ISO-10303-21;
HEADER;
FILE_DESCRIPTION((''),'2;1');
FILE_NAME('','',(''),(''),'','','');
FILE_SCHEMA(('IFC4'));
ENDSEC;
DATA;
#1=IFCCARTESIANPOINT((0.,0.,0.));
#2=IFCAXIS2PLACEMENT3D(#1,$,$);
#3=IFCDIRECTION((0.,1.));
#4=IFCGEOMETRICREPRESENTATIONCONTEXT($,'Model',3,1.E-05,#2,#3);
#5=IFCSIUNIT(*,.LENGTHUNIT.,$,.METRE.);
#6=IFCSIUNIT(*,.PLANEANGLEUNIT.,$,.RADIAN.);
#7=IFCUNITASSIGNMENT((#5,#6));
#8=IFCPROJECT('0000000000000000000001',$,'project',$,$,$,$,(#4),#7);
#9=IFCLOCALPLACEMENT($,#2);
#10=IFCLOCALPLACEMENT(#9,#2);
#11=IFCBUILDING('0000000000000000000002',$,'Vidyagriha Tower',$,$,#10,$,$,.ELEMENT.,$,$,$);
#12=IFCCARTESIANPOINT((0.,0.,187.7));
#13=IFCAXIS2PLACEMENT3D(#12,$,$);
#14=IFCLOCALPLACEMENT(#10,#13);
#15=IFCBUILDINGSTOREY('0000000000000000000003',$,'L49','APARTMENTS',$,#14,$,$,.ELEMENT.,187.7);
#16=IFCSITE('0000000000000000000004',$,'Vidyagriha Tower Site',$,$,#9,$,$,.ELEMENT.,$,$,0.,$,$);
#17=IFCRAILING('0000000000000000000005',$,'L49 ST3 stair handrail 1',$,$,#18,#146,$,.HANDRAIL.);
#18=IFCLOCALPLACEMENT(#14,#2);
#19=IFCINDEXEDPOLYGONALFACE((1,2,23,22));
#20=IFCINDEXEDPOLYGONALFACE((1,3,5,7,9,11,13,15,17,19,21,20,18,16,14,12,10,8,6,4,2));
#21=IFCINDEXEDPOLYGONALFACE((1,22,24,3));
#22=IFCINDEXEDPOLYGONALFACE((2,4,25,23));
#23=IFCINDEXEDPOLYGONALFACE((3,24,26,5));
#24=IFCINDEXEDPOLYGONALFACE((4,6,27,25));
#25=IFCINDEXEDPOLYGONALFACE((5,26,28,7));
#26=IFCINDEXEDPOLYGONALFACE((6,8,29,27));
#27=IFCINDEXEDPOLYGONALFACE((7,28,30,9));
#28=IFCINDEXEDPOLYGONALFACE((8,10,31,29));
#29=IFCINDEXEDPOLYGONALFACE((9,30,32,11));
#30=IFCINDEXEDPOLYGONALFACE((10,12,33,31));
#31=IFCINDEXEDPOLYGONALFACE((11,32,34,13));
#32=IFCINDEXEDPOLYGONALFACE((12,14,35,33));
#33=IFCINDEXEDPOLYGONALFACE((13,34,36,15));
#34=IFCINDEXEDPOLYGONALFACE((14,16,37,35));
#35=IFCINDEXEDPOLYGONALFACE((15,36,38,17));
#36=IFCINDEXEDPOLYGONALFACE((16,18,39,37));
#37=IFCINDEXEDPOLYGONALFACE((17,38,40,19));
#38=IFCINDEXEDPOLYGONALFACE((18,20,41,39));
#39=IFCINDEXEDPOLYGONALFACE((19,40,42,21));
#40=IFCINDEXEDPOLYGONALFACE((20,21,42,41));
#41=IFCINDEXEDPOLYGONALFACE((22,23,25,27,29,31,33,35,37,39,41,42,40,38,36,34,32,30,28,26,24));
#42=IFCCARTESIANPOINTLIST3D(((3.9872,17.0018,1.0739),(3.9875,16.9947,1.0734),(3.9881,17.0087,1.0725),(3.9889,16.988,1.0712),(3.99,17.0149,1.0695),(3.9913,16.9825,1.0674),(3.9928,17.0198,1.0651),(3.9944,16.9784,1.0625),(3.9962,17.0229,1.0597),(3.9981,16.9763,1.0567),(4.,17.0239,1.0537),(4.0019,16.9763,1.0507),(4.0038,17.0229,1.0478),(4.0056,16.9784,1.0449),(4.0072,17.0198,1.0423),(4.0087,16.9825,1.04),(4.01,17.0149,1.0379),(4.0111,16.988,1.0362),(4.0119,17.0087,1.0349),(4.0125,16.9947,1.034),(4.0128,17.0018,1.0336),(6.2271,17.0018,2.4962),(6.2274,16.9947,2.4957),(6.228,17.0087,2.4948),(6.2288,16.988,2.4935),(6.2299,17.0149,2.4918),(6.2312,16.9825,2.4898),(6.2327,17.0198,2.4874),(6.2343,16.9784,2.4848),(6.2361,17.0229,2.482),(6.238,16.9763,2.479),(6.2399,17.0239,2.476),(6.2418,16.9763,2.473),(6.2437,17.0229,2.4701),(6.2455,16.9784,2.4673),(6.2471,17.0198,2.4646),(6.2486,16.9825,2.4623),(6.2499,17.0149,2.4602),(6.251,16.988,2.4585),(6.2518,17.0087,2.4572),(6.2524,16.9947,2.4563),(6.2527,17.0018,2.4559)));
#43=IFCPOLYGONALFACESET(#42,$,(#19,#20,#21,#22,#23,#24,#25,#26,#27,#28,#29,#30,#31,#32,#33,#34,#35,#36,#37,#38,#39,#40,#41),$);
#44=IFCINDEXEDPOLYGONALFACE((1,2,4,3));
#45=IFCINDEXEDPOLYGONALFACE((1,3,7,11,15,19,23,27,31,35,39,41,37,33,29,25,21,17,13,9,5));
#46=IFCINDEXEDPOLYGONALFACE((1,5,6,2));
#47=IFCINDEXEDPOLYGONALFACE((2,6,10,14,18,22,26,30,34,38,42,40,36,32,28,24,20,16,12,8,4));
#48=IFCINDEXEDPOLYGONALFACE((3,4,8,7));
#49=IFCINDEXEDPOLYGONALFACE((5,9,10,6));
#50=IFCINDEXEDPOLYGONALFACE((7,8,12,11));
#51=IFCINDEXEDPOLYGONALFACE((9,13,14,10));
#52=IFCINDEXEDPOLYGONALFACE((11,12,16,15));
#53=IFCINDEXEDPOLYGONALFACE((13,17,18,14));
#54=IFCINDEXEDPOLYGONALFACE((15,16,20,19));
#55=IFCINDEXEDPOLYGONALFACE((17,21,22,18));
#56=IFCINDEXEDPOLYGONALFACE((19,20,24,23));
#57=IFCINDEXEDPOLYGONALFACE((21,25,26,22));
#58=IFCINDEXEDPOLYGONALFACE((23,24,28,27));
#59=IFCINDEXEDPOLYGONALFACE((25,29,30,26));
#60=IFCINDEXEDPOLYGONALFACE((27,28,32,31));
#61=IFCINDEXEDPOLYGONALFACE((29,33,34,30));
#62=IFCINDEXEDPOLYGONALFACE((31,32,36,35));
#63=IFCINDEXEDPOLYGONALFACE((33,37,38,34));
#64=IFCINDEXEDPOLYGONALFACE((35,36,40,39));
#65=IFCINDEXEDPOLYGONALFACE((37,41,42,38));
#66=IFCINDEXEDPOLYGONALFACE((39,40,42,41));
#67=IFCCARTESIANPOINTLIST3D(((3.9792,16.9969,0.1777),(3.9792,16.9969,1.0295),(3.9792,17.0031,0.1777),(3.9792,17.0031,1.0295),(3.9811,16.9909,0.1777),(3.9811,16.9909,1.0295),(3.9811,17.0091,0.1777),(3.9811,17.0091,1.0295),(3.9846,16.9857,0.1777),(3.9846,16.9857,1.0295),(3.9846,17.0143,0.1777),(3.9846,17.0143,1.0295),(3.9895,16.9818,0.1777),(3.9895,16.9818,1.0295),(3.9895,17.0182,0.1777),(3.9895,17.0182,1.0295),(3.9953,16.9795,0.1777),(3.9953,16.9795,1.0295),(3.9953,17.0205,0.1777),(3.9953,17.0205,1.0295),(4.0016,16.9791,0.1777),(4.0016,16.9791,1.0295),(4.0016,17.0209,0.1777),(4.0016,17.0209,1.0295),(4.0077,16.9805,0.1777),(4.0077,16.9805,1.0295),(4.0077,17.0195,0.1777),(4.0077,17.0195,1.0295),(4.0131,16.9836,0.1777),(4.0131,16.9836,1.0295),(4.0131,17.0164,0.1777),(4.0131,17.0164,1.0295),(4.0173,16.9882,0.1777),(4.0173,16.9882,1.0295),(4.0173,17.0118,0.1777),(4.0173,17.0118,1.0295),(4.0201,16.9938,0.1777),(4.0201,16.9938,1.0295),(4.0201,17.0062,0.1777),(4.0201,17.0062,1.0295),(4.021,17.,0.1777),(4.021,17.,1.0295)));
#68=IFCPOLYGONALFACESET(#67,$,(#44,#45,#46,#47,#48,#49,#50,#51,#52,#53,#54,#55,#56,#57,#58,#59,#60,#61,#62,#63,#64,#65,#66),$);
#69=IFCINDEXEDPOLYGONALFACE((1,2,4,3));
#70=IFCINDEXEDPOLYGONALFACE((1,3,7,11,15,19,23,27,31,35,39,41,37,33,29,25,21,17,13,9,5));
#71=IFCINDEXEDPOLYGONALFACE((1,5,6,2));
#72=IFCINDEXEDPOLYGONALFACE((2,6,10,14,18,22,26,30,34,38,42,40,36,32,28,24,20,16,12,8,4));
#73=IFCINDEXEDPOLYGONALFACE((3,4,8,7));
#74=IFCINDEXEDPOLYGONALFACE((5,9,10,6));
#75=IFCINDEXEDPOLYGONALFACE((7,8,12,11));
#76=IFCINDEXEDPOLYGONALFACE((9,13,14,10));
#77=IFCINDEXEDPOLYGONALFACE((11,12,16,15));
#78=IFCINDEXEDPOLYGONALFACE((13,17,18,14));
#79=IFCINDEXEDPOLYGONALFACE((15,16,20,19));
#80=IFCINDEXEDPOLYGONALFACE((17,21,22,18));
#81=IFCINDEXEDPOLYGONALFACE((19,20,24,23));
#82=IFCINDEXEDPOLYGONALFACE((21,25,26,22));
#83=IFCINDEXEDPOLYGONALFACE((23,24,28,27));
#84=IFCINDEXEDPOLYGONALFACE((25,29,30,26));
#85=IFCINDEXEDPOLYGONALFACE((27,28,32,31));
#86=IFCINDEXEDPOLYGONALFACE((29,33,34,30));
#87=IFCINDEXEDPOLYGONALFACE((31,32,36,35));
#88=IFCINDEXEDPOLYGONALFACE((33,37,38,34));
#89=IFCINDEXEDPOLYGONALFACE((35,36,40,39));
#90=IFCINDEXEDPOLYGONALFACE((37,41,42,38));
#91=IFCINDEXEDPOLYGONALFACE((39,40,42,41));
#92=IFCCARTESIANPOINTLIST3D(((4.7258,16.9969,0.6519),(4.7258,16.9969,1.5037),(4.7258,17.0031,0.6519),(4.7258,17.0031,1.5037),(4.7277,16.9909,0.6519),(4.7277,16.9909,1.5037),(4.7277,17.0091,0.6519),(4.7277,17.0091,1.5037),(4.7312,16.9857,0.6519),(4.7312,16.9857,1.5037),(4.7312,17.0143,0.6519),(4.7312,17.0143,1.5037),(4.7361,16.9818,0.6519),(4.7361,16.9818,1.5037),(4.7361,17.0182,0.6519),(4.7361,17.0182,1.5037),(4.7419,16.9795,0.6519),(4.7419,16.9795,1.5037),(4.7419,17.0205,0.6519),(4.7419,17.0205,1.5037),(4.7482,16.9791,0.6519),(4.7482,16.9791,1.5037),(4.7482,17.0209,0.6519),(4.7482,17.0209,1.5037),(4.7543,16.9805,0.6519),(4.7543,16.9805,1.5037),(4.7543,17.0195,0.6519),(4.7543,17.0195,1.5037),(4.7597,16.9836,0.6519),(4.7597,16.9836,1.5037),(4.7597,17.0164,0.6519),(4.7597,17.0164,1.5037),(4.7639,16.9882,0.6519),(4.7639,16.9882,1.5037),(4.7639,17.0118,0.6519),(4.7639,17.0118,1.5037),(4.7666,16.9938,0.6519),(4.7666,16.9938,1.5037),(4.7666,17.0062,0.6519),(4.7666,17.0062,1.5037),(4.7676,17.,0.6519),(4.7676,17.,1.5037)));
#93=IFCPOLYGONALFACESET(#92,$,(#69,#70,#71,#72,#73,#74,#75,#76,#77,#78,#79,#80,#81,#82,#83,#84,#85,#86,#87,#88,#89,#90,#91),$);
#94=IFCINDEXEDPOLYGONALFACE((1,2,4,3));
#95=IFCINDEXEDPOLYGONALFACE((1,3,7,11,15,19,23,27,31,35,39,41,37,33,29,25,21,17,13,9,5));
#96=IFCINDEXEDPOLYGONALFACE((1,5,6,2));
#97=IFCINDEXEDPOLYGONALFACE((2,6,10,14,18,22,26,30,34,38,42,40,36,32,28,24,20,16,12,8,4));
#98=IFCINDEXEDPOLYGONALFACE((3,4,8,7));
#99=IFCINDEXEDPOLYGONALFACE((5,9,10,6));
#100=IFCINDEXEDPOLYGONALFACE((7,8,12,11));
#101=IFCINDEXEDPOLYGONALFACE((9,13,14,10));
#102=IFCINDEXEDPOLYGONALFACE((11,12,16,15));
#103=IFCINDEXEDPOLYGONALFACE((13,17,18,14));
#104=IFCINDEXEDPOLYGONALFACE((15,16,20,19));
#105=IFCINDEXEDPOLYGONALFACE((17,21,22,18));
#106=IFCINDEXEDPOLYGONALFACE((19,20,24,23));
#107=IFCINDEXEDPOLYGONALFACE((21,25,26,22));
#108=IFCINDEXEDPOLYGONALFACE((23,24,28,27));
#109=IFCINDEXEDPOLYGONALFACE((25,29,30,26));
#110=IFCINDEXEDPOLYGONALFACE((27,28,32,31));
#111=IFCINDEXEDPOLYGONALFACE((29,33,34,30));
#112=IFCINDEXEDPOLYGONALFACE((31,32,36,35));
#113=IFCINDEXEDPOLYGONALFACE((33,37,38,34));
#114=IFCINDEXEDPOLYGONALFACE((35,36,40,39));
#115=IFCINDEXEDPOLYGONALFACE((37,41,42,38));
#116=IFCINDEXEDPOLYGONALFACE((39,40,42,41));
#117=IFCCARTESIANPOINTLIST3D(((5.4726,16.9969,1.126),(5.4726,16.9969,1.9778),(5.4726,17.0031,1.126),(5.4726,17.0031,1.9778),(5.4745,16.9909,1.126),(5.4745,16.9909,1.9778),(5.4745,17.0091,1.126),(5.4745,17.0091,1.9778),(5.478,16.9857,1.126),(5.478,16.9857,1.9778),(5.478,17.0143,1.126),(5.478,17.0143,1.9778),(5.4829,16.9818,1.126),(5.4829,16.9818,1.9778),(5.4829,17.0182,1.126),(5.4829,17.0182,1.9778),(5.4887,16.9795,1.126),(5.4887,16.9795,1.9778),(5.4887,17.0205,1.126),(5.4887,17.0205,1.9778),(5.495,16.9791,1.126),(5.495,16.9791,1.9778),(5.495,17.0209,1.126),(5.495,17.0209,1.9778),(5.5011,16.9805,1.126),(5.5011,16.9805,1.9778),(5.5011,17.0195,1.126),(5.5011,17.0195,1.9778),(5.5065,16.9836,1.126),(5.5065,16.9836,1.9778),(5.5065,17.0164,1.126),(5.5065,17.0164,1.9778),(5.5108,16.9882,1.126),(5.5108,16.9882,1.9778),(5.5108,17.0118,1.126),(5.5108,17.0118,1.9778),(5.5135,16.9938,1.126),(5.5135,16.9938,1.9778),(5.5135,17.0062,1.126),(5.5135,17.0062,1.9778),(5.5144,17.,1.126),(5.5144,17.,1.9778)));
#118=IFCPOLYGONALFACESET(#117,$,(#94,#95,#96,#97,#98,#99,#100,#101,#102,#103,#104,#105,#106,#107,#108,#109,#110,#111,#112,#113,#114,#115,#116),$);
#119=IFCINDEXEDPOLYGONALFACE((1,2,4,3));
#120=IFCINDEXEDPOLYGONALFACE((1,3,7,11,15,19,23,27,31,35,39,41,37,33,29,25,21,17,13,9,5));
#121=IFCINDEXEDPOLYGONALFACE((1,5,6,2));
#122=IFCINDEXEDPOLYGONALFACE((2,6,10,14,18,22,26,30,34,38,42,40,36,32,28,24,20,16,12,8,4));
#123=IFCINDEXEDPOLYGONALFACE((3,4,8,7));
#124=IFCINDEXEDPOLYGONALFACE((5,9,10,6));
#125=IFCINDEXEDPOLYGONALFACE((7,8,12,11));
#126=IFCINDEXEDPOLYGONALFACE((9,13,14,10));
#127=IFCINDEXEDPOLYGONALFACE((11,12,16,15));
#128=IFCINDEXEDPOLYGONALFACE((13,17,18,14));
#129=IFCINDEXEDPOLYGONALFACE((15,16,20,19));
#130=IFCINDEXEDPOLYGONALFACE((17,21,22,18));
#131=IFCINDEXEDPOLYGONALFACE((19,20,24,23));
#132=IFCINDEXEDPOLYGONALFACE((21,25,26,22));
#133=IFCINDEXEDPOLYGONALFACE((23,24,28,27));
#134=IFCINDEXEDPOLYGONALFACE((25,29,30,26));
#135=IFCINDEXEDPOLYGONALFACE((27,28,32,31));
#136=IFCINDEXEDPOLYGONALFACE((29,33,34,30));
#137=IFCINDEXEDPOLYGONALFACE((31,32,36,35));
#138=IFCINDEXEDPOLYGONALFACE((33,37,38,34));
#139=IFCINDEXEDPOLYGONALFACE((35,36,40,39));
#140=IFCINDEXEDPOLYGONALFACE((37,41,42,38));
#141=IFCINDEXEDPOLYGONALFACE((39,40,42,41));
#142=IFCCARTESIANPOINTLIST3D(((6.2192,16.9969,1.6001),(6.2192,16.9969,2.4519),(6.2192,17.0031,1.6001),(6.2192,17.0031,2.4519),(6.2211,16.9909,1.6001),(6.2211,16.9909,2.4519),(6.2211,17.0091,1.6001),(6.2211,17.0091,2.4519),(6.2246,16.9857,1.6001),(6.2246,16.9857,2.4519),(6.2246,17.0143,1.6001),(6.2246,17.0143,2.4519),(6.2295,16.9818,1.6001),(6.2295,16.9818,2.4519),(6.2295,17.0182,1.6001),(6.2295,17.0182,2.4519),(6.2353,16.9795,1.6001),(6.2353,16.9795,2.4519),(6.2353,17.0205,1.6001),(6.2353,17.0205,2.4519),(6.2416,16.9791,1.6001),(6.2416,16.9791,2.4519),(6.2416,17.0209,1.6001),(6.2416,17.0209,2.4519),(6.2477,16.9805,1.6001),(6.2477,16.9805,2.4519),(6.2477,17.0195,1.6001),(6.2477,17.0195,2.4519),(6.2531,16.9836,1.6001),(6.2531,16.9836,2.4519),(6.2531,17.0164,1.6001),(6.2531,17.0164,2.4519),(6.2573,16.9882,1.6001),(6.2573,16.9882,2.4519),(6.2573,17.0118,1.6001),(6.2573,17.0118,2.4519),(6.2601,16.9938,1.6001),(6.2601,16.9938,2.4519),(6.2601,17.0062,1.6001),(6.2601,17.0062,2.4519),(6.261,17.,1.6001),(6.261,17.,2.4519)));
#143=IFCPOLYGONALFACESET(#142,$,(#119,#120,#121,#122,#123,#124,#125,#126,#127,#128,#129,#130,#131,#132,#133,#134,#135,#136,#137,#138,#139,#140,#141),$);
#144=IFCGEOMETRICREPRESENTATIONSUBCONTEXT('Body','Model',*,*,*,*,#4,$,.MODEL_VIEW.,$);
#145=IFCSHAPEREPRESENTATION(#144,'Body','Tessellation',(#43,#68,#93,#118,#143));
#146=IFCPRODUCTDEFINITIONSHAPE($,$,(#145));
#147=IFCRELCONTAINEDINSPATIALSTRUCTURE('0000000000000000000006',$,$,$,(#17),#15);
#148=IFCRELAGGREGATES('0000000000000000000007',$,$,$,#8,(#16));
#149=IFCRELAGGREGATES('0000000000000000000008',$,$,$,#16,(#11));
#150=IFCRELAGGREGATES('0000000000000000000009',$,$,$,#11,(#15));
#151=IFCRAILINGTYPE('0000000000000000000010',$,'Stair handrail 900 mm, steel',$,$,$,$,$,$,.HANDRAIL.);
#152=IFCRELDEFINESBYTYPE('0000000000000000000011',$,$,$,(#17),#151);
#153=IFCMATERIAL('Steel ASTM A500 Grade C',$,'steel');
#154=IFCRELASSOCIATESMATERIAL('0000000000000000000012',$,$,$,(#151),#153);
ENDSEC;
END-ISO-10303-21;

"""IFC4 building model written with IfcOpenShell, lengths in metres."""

from ifc_helpers import new_model, si_unit, direction, frame, origin, origin_2d, place, context, subcontext, project, spatial, circle, extrude, material, type_object, element, save


model = new_model("IFC4")

# Units and contexts
model_context = context("Model", 3, precision=1e-05, world=origin(), true_north=direction((0.0, 1.0)))
body_context = subcontext(model_context, "Body", "Model", "MODEL_VIEW")
ifc_project = project(units=[si_unit("LENGTHUNIT", "METRE"), si_unit("PLANEANGLEUNIT", "RADIAN")], contexts=[model_context])

# Site, building, storey
site_placement = place(None, origin())
site = spatial("IfcSite", under=ifc_project, at=site_placement, Name="Vidyagriha Tower Site", CompositionType="ELEMENT", RefElevation=0.0)
building_placement = place(site_placement, origin())
building = spatial("IfcBuilding", under=site, at=building_placement, Name="Vidyagriha Tower", CompositionType="ELEMENT")
storey_placement = place(building_placement, frame((0.0, 0.0, 187.7)))
storey = spatial("IfcBuildingStorey", under=building, at=storey_placement, Name="L49", Description="APARTMENTS", CompositionType="ELEMENT", Elevation=187.7)

# Railing
ifc_material_1 = material(Name="Steel ASTM A500 Grade C", Category="steel")
railing_type_1 = type_object("IfcRailingType", Name="Stair handrail 900 mm, steel", PredefinedType="HANDRAIL", material=ifc_material_1)
railing_1_placement = place(storey_placement, frame((4.0, 17.0, 0.1777)))
element("IfcRailing", 1, at=railing_1_placement, inside=storey, type_object=railing_type_1, Name="L49 ST3 stair handrail 1", PredefinedType="HANDRAIL", context=body_context, shape_type="SweptSolid", body=[
    extrude(circle(Radius=0.0239, at=origin_2d()), frame((0.0, 0.0, 0.876), z_axis=(0.844188, 0.0, 0.536048), x_axis=(0.0, 1.0, 0.0)), (0.0, 0.0, 1.0), 2.6533),
    extrude(circle(Radius=0.021, at=origin_2d()), origin(), (0.0, 0.0, 1.0), 0.8518),
    extrude(circle(Radius=0.021, at=origin_2d()), frame((0.7466, 0.0, 0.4741)), (0.0, 0.0, 1.0), 0.8518),
    extrude(circle(Radius=0.021, at=origin_2d()), frame((1.4934, 0.0, 0.9482)), (0.0, 0.0, 1.0), 0.8518),
    extrude(circle(Radius=0.021, at=origin_2d()), frame((2.24, 0.0, 1.4224)), (0.0, 0.0, 1.0), 0.8518),
])

save(model, "model.ifc")
